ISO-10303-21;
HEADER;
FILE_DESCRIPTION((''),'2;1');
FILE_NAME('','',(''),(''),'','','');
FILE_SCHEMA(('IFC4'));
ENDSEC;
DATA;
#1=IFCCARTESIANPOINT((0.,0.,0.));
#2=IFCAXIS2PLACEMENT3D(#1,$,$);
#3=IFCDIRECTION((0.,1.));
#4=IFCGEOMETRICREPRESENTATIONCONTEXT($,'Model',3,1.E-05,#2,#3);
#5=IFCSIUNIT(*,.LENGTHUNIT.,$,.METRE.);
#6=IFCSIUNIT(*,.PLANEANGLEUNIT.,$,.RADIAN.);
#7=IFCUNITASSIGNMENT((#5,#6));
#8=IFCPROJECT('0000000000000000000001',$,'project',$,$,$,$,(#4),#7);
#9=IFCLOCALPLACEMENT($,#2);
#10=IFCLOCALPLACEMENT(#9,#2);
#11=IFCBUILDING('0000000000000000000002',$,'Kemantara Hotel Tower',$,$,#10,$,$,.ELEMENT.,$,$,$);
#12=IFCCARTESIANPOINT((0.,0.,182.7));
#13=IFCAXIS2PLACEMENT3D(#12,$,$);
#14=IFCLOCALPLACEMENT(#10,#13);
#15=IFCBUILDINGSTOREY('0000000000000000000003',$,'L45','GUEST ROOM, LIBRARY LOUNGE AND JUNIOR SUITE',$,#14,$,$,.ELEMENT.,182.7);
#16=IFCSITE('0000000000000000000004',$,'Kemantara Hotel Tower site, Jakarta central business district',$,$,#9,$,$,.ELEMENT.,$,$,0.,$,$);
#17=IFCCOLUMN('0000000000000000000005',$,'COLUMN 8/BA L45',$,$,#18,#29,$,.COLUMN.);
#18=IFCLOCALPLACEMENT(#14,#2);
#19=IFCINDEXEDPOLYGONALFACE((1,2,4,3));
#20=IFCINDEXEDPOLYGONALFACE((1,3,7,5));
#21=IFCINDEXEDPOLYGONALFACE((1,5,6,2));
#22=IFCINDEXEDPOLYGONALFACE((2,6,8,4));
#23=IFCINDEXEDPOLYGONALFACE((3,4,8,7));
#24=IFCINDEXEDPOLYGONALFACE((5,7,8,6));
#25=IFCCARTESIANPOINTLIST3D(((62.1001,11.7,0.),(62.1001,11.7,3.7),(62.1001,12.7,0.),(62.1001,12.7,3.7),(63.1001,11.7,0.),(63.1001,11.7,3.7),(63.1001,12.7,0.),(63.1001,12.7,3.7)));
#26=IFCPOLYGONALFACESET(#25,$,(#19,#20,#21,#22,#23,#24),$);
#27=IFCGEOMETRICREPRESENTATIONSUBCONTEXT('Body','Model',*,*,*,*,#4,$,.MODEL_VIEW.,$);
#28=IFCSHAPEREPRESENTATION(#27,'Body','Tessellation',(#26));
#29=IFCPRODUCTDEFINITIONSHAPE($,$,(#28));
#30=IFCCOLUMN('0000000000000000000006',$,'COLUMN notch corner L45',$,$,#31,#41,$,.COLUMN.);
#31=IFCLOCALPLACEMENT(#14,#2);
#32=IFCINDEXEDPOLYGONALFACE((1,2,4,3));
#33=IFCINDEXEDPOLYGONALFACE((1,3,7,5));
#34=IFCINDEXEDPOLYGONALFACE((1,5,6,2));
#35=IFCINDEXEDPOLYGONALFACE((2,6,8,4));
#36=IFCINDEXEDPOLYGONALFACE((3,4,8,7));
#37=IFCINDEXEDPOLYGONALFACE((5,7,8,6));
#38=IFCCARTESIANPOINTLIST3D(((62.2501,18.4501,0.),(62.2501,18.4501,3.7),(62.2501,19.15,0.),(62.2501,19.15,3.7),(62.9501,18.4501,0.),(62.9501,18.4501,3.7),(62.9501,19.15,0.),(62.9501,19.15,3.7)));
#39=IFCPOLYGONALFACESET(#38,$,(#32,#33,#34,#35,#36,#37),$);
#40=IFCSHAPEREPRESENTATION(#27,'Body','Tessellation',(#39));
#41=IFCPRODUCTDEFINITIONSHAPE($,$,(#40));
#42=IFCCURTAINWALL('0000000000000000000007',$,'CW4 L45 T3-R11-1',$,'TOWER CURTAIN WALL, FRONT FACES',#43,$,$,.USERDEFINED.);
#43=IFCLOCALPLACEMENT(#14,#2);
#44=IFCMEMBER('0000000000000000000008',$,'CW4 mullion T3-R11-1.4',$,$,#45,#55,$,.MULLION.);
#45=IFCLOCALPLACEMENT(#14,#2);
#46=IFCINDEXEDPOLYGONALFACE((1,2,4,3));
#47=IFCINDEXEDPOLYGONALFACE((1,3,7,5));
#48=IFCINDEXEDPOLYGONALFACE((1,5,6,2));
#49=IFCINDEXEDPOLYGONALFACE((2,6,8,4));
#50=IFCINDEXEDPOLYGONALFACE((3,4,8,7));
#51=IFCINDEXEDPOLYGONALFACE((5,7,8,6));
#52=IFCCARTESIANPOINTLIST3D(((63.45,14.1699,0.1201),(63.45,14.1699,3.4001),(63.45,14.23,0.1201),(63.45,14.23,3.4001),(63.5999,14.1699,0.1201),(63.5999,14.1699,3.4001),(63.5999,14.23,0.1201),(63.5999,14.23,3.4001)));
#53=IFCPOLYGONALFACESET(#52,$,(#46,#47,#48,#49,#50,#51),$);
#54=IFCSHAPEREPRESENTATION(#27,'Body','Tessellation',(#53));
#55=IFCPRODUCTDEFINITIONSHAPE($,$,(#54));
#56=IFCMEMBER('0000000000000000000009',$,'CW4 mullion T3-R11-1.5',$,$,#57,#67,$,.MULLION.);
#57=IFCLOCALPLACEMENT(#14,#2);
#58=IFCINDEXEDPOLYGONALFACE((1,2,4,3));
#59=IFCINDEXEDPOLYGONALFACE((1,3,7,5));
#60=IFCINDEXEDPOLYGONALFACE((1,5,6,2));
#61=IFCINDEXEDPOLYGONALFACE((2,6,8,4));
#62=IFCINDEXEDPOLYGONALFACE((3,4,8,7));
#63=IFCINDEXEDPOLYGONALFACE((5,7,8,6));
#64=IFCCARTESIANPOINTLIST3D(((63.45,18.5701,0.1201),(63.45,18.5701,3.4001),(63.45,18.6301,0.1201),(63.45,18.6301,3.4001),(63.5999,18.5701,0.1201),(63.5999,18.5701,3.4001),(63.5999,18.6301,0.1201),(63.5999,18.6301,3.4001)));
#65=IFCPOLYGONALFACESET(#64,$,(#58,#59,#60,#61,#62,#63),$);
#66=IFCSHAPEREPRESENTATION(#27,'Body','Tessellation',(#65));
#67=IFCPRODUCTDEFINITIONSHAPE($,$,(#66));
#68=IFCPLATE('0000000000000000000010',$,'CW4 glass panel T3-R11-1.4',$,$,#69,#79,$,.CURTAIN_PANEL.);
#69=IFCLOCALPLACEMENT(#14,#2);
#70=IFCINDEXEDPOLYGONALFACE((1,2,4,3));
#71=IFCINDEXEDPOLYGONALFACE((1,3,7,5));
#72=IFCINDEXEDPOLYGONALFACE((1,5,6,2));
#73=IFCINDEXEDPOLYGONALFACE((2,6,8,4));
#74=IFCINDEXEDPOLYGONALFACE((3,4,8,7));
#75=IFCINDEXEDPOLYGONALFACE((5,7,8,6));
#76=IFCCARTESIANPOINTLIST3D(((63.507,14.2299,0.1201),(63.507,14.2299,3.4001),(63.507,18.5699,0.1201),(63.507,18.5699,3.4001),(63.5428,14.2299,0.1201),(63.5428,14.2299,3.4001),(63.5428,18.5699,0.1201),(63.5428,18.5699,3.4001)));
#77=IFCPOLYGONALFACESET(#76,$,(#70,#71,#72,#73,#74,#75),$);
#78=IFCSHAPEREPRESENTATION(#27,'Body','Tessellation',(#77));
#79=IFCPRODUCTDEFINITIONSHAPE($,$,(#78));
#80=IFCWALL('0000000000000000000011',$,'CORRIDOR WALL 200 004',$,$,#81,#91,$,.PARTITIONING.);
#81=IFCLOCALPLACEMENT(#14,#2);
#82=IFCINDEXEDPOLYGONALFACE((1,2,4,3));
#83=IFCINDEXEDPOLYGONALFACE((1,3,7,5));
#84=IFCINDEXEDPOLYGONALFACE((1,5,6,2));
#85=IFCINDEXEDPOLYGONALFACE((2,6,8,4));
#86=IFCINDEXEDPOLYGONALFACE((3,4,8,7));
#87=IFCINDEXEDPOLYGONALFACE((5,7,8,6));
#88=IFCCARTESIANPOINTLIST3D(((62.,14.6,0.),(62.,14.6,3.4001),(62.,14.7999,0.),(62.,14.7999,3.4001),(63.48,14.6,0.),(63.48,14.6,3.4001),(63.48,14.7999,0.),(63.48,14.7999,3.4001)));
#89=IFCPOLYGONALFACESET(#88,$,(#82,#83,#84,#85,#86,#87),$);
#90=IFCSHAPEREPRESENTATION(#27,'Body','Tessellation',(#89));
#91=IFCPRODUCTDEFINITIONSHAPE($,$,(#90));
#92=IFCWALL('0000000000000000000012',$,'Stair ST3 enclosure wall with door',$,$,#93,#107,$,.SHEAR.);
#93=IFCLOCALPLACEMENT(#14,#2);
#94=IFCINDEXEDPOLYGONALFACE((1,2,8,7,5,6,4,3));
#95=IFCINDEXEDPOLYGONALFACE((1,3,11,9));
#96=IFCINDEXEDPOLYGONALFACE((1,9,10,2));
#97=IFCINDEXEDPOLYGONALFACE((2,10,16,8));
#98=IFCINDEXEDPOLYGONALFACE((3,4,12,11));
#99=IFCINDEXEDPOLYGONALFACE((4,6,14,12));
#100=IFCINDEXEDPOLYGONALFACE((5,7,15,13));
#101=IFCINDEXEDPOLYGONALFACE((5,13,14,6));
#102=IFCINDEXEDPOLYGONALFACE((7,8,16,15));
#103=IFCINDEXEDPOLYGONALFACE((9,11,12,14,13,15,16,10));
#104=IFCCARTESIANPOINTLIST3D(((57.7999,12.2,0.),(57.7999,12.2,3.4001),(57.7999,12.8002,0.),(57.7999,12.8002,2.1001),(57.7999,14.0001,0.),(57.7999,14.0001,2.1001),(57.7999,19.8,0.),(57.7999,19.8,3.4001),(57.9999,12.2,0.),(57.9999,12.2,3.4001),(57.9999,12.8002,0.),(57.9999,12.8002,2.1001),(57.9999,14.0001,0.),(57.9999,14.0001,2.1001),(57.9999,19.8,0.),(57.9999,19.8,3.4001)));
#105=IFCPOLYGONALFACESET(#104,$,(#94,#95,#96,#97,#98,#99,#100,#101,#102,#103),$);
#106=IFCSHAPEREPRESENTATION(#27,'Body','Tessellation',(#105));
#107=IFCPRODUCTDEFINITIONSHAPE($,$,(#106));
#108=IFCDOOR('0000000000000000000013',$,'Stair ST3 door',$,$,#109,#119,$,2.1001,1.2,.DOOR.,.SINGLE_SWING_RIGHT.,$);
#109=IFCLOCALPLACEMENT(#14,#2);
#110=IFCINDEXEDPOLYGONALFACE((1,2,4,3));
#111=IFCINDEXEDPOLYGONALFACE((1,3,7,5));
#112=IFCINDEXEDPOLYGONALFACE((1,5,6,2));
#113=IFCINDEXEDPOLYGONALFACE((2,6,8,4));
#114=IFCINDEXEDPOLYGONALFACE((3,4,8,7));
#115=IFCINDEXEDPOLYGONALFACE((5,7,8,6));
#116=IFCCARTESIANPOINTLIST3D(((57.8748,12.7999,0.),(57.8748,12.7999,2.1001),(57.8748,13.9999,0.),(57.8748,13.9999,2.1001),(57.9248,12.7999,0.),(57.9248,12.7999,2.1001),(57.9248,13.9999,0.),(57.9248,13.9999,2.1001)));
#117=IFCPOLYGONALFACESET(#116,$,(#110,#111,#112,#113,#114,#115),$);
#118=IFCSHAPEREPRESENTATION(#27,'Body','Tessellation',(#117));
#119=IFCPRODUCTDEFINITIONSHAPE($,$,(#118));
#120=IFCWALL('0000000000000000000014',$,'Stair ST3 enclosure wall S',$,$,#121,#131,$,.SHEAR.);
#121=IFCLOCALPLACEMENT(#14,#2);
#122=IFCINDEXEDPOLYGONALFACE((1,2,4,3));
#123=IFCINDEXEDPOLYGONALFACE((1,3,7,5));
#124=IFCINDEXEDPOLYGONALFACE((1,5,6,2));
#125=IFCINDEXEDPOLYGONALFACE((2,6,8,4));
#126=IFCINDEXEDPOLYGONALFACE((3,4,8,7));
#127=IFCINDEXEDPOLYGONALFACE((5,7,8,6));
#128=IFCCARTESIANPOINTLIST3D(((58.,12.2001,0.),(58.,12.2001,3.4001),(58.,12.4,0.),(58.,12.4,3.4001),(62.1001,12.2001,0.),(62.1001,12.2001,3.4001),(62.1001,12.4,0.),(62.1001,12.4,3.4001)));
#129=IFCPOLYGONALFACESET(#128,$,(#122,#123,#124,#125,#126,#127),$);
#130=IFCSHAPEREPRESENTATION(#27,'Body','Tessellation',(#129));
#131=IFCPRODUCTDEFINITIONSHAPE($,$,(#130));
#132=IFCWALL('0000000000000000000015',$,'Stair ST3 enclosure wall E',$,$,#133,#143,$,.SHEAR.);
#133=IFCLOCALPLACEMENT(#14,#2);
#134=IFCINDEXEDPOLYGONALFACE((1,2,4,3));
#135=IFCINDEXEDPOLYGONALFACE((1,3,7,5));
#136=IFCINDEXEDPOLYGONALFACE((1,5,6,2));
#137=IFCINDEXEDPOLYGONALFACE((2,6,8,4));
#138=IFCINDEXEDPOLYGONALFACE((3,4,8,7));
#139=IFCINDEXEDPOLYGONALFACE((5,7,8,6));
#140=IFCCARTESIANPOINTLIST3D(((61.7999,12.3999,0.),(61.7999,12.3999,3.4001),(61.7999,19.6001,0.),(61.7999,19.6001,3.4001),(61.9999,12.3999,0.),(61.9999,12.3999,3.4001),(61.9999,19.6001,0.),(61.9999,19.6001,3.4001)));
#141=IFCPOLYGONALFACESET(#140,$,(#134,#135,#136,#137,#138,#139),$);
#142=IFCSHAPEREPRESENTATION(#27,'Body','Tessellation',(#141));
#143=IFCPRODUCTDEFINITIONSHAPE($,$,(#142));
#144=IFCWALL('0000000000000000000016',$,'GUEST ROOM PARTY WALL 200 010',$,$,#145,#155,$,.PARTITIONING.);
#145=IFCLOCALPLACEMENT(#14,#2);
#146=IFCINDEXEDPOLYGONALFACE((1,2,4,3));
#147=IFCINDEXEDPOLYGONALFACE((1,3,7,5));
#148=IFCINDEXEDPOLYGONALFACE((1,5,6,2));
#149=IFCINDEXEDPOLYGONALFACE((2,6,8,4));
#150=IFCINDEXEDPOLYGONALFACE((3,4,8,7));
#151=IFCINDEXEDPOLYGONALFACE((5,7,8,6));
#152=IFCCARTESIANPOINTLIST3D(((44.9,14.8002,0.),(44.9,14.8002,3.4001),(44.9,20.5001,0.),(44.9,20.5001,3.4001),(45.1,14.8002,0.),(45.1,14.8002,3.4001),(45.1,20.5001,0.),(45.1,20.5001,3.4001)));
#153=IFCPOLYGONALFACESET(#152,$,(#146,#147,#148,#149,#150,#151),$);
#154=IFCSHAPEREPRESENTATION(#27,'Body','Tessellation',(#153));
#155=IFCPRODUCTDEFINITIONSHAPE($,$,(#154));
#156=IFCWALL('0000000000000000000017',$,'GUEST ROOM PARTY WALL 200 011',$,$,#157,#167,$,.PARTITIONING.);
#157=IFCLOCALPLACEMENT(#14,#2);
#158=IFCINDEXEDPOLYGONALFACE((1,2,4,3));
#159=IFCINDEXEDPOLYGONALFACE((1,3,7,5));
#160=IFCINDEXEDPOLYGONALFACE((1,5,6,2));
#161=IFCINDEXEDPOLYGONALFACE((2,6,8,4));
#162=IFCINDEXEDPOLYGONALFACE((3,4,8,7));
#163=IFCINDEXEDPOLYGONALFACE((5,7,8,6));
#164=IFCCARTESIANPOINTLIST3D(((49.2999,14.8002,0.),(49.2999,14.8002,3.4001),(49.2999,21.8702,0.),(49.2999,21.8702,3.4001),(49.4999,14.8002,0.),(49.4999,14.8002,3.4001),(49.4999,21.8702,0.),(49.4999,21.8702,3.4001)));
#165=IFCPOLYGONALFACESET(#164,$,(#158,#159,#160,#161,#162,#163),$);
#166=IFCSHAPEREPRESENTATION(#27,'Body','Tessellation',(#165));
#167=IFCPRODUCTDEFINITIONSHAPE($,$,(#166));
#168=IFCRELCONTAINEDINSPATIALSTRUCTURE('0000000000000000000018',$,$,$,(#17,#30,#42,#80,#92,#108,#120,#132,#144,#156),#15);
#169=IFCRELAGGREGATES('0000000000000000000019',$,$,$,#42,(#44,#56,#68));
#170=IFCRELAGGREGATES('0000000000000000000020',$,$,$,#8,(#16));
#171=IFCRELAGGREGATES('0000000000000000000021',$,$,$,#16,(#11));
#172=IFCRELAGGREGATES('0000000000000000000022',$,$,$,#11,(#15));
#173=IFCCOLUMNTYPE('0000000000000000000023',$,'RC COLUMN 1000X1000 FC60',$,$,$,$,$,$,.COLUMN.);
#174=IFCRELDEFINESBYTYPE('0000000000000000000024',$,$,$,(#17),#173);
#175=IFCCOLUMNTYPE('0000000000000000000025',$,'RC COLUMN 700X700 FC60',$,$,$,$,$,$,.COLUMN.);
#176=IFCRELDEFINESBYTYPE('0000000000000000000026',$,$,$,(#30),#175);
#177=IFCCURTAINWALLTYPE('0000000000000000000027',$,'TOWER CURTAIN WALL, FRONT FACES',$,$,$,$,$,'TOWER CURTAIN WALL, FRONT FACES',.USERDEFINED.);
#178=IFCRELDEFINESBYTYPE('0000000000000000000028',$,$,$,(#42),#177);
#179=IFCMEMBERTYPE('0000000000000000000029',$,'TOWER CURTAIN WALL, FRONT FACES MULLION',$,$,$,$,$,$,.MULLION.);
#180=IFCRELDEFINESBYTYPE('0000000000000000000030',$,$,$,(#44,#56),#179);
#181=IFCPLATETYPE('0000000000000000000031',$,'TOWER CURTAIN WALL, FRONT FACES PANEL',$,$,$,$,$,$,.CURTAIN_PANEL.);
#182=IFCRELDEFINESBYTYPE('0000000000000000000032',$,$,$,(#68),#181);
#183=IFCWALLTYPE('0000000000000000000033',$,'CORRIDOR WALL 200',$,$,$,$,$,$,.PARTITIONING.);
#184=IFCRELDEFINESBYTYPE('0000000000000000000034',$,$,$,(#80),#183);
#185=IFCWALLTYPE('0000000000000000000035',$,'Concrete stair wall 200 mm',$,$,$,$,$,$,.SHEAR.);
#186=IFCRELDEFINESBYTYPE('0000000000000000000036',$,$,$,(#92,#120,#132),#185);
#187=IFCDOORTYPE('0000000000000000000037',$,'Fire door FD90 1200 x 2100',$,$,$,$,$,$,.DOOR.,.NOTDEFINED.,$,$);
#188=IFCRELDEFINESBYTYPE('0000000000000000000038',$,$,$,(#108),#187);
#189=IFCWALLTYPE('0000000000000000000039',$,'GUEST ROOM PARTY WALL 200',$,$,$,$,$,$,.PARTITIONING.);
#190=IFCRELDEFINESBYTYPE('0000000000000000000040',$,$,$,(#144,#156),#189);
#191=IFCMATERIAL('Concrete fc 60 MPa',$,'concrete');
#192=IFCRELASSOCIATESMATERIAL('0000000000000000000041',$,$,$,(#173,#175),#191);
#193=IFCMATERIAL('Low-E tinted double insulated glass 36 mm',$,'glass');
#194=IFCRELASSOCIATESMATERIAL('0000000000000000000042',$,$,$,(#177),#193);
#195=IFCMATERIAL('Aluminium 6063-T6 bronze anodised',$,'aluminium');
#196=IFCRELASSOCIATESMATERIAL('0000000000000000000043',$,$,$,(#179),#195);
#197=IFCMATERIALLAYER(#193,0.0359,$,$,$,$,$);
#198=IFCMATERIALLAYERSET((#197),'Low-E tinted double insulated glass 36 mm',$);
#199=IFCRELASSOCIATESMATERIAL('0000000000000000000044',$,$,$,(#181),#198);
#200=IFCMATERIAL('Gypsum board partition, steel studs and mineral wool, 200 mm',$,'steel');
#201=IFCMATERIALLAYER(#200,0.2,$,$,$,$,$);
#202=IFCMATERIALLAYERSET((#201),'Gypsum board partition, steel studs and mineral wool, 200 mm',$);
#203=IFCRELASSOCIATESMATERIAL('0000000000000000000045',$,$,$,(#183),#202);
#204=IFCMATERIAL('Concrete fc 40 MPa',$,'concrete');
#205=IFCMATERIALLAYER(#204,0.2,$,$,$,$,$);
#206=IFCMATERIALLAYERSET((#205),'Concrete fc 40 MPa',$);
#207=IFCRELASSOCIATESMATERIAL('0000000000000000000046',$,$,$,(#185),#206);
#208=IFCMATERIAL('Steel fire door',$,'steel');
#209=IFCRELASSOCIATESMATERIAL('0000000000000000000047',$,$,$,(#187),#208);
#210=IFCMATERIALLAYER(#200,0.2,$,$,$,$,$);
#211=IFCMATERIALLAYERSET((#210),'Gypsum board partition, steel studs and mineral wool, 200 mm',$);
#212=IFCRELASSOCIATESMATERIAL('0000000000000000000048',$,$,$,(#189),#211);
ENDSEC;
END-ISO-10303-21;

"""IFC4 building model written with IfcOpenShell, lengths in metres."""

from ifc_helpers import new_model, si_unit, direction, frame, frame_2d, origin, origin_2d, place, context, subcontext, project, spatial, rectangle, extrude, source, transform, mapped, material, layer, layer_set, material_profile, profile_set, type_object, element, fill, aggregate, save


model = new_model("IFC4")

# Units and contexts
model_context = context("Model", 3, precision=1e-05, world=origin(), true_north=direction((0.0, 1.0)))
body_context = subcontext(model_context, "Body", "Model", "MODEL_VIEW")
ifc_project = project(units=[si_unit("LENGTHUNIT", "METRE"), si_unit("PLANEANGLEUNIT", "RADIAN")], contexts=[model_context])

# Site, building, storey
site_placement = place(None, origin())
site = spatial("IfcSite", under=ifc_project, at=site_placement, Name="Kemantara Hotel Tower site, Jakarta central business district", CompositionType="ELEMENT", RefElevation=0.0)
building_placement = place(site_placement, origin())
building = spatial("IfcBuilding", under=site, at=building_placement, Name="Kemantara Hotel Tower", CompositionType="ELEMENT")
storey_placement = place(building_placement, frame((0.0, 0.0, 182.7)))
storey = spatial("IfcBuildingStorey", under=building, at=storey_placement, Name="L45", Description="GUEST ROOM, LIBRARY LOUNGE AND JUNIOR SUITE", CompositionType="ELEMENT", Elevation=182.7)

# Columns
ifc_material_1 = material(Name="Concrete fc 60 MPa", Category="concrete")
ifc_material_profile_1 = material_profile(ifc_material_1, rectangle(XDim=1.0, YDim=1.0, at=origin_2d()), Name="RC 1000X1000")
ifc_profile_set_1 = profile_set([ifc_material_profile_1], Name="Concrete fc 60 MPa")
column_type_1 = type_object("IfcColumnType", Name="RC COLUMN 1000X1000 FC60", PredefinedType="COLUMN", material=ifc_profile_set_1)
column_1_placement = place(storey_placement, frame((62.6001, 12.2, 0.0), z_axis=(0.0, 0.0, 1.0), x_axis=(1.0, 0.0, 0.0)))
element("IfcColumn", 1, at=column_1_placement, inside=storey, type_object=column_type_1, Name="COLUMN 8/BA L45", PredefinedType="COLUMN", context=body_context, shape_type="SweptSolid", body=[
    extrude(rectangle(XDim=1.0, YDim=1.0, at=origin_2d()), origin(), (0.0, 0.0, 1.0), 3.7),
])
ifc_material_profile_2 = material_profile(ifc_material_1, rectangle(XDim=0.7, YDim=0.7, at=origin_2d()), Name="RC 700X700")
ifc_profile_set_2 = profile_set([ifc_material_profile_2], Name="Concrete fc 60 MPa")
column_type_2 = type_object("IfcColumnType", Name="RC COLUMN 700X700 FC60", PredefinedType="COLUMN", material=ifc_profile_set_2)
column_2_placement = place(storey_placement, frame((62.6001, 18.8, 0.0), z_axis=(0.0, 0.0, 1.0), x_axis=(1.0, 0.0, 0.0)))
element("IfcColumn", 2, at=column_2_placement, inside=storey, type_object=column_type_2, Name="COLUMN notch corner L45", PredefinedType="COLUMN", context=body_context, shape_type="SweptSolid", body=[
    extrude(rectangle(XDim=0.7, YDim=0.7, at=origin_2d()), origin(), (0.0, 0.0, 1.0), 3.7),
])

# Curtain wall, members, plate
ifc_material_2 = material(Name="Low-E tinted double insulated glass 36 mm", Category="glass")
curtain_wall_type = type_object("IfcCurtainWallType", Name="TOWER CURTAIN WALL, FRONT FACES", ElementType="TOWER CURTAIN WALL, FRONT FACES", PredefinedType="USERDEFINED", material=ifc_material_2)
curtain_wall_placement = place(storey_placement, origin())
curtain_wall = element("IfcCurtainWall", 3, at=curtain_wall_placement, inside=storey, type_object=curtain_wall_type, Name="CW4 L45 T3-R11-1", ObjectType="TOWER CURTAIN WALL, FRONT FACES", PredefinedType="USERDEFINED")
ifc_material_3 = material(Name="Aluminium 6063-T6 bronze anodised", Category="aluminium")
ifc_material_profile_3 = material_profile(ifc_material_3, rectangle(XDim=0.1499, YDim=0.0601, at=origin_2d()), Name="TOWER CURTAIN WALL, FRONT FACES MULLION")
ifc_profile_set_3 = profile_set([ifc_material_profile_3], Name="Aluminium 6063-T6 bronze anodised")
member_type = type_object("IfcMemberType", Name="TOWER CURTAIN WALL, FRONT FACES MULLION", PredefinedType="MULLION", material=ifc_profile_set_3)
shared_shape_1 = source(origin(), body_context, "Body", "SweptSolid", [
    extrude(rectangle(XDim=0.1499, YDim=0.0601, at=origin_2d()), origin(), (0.0, 0.0, 1.0), 3.28),
])
member_1_placement = place(storey_placement, frame((63.5249, 14.2, 0.1201), z_axis=(0.0, 0.0, 1.0), x_axis=(-1.0, 0.0, 0.0)))
member_1 = element("IfcMember", 4, at=member_1_placement, type_object=member_type, Name="CW4 mullion T3-R11-1.4", PredefinedType="MULLION", context=body_context, shape_type="MappedRepresentation", body=[
    mapped(shared_shape_1, transform((0.0, 0.0, 0.0))),
])
member_2_placement = place(storey_placement, frame((63.5249, 18.6001, 0.1201), z_axis=(0.0, 0.0, 1.0), x_axis=(-1.0, 0.0, 0.0)))
member_2 = element("IfcMember", 5, at=member_2_placement, type_object=member_type, Name="CW4 mullion T3-R11-1.5", PredefinedType="MULLION", context=body_context, shape_type="MappedRepresentation", body=[
    mapped(shared_shape_1, transform((0.0, 0.0, 0.0))),
])
ifc_layer_1 = layer(ifc_material_2, 0.0359)
ifc_layer_set_1 = layer_set([ifc_layer_1], Name="Low-E tinted double insulated glass 36 mm")
plate_type = type_object("IfcPlateType", Name="TOWER CURTAIN WALL, FRONT FACES PANEL", PredefinedType="CURTAIN_PANEL", material=ifc_layer_set_1)
shared_shape_2 = source(origin(), body_context, "Body", "SweptSolid", [
    extrude(rectangle(XDim=4.3401, YDim=0.0359, at=origin_2d()), origin(), (0.0, 0.0, 1.0), 3.28),
])
plate_placement = place(storey_placement, frame((63.5249, 16.3999, 0.1201), z_axis=(0.0, 0.0, 1.0), x_axis=(0.0, 1.0, 0.0)))
plate = element("IfcPlate", 6, at=plate_placement, type_object=plate_type, Name="CW4 glass panel T3-R11-1.4", PredefinedType="CURTAIN_PANEL", context=body_context, shape_type="MappedRepresentation", body=[
    mapped(shared_shape_2, transform((0.0, 0.0, 0.0))),
])
aggregate(curtain_wall, [member_1, member_2, plate])

# Wall
ifc_material_4 = material(Name="Gypsum board partition, steel studs and mineral wool, 200 mm", Category="steel")
ifc_layer_2 = layer(ifc_material_4, 0.2)
ifc_layer_set_2 = layer_set([ifc_layer_2], Name="Gypsum board partition, steel studs and mineral wool, 200 mm")
wall_type_1 = type_object("IfcWallType", Name="CORRIDOR WALL 200", PredefinedType="PARTITIONING", material=ifc_layer_set_2)
wall_1_placement = place(storey_placement, frame((62.0, 14.7, 0.0), z_axis=(0.0, 0.0, 1.0), x_axis=(1.0, 0.0, 0.0)))
element("IfcWall", 7, at=wall_1_placement, inside=storey, type_object=wall_type_1, Name="CORRIDOR WALL 200 004", PredefinedType="PARTITIONING", context=body_context, shape_type="SweptSolid", body=[
    extrude(rectangle(XDim=1.48, YDim=0.2, at=frame_2d((0.74, 0.0))), origin(), (0.0, 0.0, 1.0), 3.4001),
])

# Wall, opening, door
ifc_material_5 = material(Name="Concrete fc 40 MPa", Category="concrete")
ifc_layer_3 = layer(ifc_material_5, 0.2)
ifc_layer_set_3 = layer_set([ifc_layer_3], Name="Concrete fc 40 MPa")
wall_type_2 = type_object("IfcWallType", Name="Concrete stair wall 200 mm", PredefinedType="SHEAR", material=ifc_layer_set_3)
wall_2_placement = place(storey_placement, frame((57.8999, 12.2, 0.0), z_axis=(0.0, 0.0, 1.0), x_axis=(0.0, 1.0, 0.0)))
wall_2 = element("IfcWall", 8, at=wall_2_placement, inside=storey, type_object=wall_type_2, Name="Stair ST3 enclosure wall with door", PredefinedType="SHEAR", context=body_context, shape_type="SweptSolid", body=[
    extrude(rectangle(XDim=7.6001, YDim=0.2, at=frame_2d((3.8, 0.0))), origin(), (0.0, 0.0, 1.0), 3.4001),
])
opening_1_placement = place(wall_2_placement, frame((0.6001, 0.0, 0.0)))
opening_1 = element("IfcOpeningElement", 9, at=opening_1_placement, cuts=wall_2, PredefinedType="OPENING", context=body_context, shape_type="SweptSolid", body=[
    extrude(rectangle(XDim=1.2, YDim=2.1001, at=frame_2d((0.6001, 1.05))), frame((0.0, 0.1099, 0.0), z_axis=(0.0, -1.0, 0.0), x_axis=(1.0, 0.0, 0.0)), (0.0, 0.0, 1.0), 0.22),
])
ifc_material_6 = material(Name="Steel fire door", Category="steel")
door_type_1 = type_object("IfcDoorType", Name="Fire door FD90 1200 x 2100", OperationType="NOTDEFINED", PredefinedType="DOOR", material=ifc_material_6)
door_1_placement = place(opening_1_placement, frame((1.2, 0.0, 0.0), z_axis=(0.0, 0.0, 1.0), x_axis=(-1.0, 0.0, 0.0)))
door_1 = element("IfcDoor", 10, at=door_1_placement, inside=storey, type_object=door_type_1, Name="Stair ST3 door", OperationType="SINGLE_SWING_RIGHT", OverallHeight=2.1001, OverallWidth=1.2, PredefinedType="DOOR", context=body_context, shape_type="SweptSolid", body=[
    extrude(rectangle(XDim=1.2, YDim=2.1001, at=frame_2d((0.6001, 1.05))), frame((0.0, 0.0249, 0.0), z_axis=(0.0, -1.0, 0.0), x_axis=(1.0, 0.0, 0.0)), (0.0, 0.0, 1.0), 0.05),
])
fill(opening_1, door_1)

# Walls
wall_3_placement = place(storey_placement, frame((58.0, 12.3, 0.0), z_axis=(0.0, 0.0, 1.0), x_axis=(1.0, 0.0, 0.0)))
element("IfcWall", 11, at=wall_3_placement, inside=storey, type_object=wall_type_2, Name="Stair ST3 enclosure wall S", PredefinedType="SHEAR", context=body_context, shape_type="SweptSolid", body=[
    extrude(rectangle(XDim=4.1001, YDim=0.2, at=frame_2d((2.05, 0.0))), origin(), (0.0, 0.0, 1.0), 3.4001),
])
wall_4_placement = place(storey_placement, frame((61.8999, 12.3999, 0.0), z_axis=(0.0, 0.0, 1.0), x_axis=(0.0, 1.0, 0.0)))
element("IfcWall", 12, at=wall_4_placement, inside=storey, type_object=wall_type_2, Name="Stair ST3 enclosure wall E", PredefinedType="SHEAR", context=body_context, shape_type="SweptSolid", body=[
    extrude(rectangle(XDim=7.2002, YDim=0.2, at=frame_2d((3.6001, 0.0))), origin(), (0.0, 0.0, 1.0), 3.4001),
])
ifc_layer_4 = layer(ifc_material_4, 0.2)
ifc_layer_set_4 = layer_set([ifc_layer_4], Name="Gypsum board partition, steel studs and mineral wool, 200 mm")
wall_type_3 = type_object("IfcWallType", Name="GUEST ROOM PARTY WALL 200", PredefinedType="PARTITIONING", material=ifc_layer_set_4)
wall_5_placement = place(storey_placement, frame((45.0, 14.8, 0.0), z_axis=(0.0, 0.0, 1.0), x_axis=(0.0, 1.0, 0.0)))
element("IfcWall", 13, at=wall_5_placement, inside=storey, type_object=wall_type_3, Name="GUEST ROOM PARTY WALL 200 010", PredefinedType="PARTITIONING", context=body_context, shape_type="SweptSolid", body=[
    extrude(rectangle(XDim=5.7, YDim=0.2, at=frame_2d((2.8501, 0.0))), origin(), (0.0, 0.0, 1.0), 3.4001),
])
wall_6_placement = place(storey_placement, frame((49.3999, 14.8, 0.0), z_axis=(0.0, 0.0, 1.0), x_axis=(0.0, 1.0, 0.0)))
element("IfcWall", 14, at=wall_6_placement, inside=storey, type_object=wall_type_3, Name="GUEST ROOM PARTY WALL 200 011", PredefinedType="PARTITIONING", context=body_context, shape_type="SweptSolid", body=[
    extrude(rectangle(XDim=7.0701, YDim=0.2, at=frame_2d((3.5352, 0.0))), origin(), (0.0, 0.0, 1.0), 3.4001),
])

save(model, "model.ifc")
